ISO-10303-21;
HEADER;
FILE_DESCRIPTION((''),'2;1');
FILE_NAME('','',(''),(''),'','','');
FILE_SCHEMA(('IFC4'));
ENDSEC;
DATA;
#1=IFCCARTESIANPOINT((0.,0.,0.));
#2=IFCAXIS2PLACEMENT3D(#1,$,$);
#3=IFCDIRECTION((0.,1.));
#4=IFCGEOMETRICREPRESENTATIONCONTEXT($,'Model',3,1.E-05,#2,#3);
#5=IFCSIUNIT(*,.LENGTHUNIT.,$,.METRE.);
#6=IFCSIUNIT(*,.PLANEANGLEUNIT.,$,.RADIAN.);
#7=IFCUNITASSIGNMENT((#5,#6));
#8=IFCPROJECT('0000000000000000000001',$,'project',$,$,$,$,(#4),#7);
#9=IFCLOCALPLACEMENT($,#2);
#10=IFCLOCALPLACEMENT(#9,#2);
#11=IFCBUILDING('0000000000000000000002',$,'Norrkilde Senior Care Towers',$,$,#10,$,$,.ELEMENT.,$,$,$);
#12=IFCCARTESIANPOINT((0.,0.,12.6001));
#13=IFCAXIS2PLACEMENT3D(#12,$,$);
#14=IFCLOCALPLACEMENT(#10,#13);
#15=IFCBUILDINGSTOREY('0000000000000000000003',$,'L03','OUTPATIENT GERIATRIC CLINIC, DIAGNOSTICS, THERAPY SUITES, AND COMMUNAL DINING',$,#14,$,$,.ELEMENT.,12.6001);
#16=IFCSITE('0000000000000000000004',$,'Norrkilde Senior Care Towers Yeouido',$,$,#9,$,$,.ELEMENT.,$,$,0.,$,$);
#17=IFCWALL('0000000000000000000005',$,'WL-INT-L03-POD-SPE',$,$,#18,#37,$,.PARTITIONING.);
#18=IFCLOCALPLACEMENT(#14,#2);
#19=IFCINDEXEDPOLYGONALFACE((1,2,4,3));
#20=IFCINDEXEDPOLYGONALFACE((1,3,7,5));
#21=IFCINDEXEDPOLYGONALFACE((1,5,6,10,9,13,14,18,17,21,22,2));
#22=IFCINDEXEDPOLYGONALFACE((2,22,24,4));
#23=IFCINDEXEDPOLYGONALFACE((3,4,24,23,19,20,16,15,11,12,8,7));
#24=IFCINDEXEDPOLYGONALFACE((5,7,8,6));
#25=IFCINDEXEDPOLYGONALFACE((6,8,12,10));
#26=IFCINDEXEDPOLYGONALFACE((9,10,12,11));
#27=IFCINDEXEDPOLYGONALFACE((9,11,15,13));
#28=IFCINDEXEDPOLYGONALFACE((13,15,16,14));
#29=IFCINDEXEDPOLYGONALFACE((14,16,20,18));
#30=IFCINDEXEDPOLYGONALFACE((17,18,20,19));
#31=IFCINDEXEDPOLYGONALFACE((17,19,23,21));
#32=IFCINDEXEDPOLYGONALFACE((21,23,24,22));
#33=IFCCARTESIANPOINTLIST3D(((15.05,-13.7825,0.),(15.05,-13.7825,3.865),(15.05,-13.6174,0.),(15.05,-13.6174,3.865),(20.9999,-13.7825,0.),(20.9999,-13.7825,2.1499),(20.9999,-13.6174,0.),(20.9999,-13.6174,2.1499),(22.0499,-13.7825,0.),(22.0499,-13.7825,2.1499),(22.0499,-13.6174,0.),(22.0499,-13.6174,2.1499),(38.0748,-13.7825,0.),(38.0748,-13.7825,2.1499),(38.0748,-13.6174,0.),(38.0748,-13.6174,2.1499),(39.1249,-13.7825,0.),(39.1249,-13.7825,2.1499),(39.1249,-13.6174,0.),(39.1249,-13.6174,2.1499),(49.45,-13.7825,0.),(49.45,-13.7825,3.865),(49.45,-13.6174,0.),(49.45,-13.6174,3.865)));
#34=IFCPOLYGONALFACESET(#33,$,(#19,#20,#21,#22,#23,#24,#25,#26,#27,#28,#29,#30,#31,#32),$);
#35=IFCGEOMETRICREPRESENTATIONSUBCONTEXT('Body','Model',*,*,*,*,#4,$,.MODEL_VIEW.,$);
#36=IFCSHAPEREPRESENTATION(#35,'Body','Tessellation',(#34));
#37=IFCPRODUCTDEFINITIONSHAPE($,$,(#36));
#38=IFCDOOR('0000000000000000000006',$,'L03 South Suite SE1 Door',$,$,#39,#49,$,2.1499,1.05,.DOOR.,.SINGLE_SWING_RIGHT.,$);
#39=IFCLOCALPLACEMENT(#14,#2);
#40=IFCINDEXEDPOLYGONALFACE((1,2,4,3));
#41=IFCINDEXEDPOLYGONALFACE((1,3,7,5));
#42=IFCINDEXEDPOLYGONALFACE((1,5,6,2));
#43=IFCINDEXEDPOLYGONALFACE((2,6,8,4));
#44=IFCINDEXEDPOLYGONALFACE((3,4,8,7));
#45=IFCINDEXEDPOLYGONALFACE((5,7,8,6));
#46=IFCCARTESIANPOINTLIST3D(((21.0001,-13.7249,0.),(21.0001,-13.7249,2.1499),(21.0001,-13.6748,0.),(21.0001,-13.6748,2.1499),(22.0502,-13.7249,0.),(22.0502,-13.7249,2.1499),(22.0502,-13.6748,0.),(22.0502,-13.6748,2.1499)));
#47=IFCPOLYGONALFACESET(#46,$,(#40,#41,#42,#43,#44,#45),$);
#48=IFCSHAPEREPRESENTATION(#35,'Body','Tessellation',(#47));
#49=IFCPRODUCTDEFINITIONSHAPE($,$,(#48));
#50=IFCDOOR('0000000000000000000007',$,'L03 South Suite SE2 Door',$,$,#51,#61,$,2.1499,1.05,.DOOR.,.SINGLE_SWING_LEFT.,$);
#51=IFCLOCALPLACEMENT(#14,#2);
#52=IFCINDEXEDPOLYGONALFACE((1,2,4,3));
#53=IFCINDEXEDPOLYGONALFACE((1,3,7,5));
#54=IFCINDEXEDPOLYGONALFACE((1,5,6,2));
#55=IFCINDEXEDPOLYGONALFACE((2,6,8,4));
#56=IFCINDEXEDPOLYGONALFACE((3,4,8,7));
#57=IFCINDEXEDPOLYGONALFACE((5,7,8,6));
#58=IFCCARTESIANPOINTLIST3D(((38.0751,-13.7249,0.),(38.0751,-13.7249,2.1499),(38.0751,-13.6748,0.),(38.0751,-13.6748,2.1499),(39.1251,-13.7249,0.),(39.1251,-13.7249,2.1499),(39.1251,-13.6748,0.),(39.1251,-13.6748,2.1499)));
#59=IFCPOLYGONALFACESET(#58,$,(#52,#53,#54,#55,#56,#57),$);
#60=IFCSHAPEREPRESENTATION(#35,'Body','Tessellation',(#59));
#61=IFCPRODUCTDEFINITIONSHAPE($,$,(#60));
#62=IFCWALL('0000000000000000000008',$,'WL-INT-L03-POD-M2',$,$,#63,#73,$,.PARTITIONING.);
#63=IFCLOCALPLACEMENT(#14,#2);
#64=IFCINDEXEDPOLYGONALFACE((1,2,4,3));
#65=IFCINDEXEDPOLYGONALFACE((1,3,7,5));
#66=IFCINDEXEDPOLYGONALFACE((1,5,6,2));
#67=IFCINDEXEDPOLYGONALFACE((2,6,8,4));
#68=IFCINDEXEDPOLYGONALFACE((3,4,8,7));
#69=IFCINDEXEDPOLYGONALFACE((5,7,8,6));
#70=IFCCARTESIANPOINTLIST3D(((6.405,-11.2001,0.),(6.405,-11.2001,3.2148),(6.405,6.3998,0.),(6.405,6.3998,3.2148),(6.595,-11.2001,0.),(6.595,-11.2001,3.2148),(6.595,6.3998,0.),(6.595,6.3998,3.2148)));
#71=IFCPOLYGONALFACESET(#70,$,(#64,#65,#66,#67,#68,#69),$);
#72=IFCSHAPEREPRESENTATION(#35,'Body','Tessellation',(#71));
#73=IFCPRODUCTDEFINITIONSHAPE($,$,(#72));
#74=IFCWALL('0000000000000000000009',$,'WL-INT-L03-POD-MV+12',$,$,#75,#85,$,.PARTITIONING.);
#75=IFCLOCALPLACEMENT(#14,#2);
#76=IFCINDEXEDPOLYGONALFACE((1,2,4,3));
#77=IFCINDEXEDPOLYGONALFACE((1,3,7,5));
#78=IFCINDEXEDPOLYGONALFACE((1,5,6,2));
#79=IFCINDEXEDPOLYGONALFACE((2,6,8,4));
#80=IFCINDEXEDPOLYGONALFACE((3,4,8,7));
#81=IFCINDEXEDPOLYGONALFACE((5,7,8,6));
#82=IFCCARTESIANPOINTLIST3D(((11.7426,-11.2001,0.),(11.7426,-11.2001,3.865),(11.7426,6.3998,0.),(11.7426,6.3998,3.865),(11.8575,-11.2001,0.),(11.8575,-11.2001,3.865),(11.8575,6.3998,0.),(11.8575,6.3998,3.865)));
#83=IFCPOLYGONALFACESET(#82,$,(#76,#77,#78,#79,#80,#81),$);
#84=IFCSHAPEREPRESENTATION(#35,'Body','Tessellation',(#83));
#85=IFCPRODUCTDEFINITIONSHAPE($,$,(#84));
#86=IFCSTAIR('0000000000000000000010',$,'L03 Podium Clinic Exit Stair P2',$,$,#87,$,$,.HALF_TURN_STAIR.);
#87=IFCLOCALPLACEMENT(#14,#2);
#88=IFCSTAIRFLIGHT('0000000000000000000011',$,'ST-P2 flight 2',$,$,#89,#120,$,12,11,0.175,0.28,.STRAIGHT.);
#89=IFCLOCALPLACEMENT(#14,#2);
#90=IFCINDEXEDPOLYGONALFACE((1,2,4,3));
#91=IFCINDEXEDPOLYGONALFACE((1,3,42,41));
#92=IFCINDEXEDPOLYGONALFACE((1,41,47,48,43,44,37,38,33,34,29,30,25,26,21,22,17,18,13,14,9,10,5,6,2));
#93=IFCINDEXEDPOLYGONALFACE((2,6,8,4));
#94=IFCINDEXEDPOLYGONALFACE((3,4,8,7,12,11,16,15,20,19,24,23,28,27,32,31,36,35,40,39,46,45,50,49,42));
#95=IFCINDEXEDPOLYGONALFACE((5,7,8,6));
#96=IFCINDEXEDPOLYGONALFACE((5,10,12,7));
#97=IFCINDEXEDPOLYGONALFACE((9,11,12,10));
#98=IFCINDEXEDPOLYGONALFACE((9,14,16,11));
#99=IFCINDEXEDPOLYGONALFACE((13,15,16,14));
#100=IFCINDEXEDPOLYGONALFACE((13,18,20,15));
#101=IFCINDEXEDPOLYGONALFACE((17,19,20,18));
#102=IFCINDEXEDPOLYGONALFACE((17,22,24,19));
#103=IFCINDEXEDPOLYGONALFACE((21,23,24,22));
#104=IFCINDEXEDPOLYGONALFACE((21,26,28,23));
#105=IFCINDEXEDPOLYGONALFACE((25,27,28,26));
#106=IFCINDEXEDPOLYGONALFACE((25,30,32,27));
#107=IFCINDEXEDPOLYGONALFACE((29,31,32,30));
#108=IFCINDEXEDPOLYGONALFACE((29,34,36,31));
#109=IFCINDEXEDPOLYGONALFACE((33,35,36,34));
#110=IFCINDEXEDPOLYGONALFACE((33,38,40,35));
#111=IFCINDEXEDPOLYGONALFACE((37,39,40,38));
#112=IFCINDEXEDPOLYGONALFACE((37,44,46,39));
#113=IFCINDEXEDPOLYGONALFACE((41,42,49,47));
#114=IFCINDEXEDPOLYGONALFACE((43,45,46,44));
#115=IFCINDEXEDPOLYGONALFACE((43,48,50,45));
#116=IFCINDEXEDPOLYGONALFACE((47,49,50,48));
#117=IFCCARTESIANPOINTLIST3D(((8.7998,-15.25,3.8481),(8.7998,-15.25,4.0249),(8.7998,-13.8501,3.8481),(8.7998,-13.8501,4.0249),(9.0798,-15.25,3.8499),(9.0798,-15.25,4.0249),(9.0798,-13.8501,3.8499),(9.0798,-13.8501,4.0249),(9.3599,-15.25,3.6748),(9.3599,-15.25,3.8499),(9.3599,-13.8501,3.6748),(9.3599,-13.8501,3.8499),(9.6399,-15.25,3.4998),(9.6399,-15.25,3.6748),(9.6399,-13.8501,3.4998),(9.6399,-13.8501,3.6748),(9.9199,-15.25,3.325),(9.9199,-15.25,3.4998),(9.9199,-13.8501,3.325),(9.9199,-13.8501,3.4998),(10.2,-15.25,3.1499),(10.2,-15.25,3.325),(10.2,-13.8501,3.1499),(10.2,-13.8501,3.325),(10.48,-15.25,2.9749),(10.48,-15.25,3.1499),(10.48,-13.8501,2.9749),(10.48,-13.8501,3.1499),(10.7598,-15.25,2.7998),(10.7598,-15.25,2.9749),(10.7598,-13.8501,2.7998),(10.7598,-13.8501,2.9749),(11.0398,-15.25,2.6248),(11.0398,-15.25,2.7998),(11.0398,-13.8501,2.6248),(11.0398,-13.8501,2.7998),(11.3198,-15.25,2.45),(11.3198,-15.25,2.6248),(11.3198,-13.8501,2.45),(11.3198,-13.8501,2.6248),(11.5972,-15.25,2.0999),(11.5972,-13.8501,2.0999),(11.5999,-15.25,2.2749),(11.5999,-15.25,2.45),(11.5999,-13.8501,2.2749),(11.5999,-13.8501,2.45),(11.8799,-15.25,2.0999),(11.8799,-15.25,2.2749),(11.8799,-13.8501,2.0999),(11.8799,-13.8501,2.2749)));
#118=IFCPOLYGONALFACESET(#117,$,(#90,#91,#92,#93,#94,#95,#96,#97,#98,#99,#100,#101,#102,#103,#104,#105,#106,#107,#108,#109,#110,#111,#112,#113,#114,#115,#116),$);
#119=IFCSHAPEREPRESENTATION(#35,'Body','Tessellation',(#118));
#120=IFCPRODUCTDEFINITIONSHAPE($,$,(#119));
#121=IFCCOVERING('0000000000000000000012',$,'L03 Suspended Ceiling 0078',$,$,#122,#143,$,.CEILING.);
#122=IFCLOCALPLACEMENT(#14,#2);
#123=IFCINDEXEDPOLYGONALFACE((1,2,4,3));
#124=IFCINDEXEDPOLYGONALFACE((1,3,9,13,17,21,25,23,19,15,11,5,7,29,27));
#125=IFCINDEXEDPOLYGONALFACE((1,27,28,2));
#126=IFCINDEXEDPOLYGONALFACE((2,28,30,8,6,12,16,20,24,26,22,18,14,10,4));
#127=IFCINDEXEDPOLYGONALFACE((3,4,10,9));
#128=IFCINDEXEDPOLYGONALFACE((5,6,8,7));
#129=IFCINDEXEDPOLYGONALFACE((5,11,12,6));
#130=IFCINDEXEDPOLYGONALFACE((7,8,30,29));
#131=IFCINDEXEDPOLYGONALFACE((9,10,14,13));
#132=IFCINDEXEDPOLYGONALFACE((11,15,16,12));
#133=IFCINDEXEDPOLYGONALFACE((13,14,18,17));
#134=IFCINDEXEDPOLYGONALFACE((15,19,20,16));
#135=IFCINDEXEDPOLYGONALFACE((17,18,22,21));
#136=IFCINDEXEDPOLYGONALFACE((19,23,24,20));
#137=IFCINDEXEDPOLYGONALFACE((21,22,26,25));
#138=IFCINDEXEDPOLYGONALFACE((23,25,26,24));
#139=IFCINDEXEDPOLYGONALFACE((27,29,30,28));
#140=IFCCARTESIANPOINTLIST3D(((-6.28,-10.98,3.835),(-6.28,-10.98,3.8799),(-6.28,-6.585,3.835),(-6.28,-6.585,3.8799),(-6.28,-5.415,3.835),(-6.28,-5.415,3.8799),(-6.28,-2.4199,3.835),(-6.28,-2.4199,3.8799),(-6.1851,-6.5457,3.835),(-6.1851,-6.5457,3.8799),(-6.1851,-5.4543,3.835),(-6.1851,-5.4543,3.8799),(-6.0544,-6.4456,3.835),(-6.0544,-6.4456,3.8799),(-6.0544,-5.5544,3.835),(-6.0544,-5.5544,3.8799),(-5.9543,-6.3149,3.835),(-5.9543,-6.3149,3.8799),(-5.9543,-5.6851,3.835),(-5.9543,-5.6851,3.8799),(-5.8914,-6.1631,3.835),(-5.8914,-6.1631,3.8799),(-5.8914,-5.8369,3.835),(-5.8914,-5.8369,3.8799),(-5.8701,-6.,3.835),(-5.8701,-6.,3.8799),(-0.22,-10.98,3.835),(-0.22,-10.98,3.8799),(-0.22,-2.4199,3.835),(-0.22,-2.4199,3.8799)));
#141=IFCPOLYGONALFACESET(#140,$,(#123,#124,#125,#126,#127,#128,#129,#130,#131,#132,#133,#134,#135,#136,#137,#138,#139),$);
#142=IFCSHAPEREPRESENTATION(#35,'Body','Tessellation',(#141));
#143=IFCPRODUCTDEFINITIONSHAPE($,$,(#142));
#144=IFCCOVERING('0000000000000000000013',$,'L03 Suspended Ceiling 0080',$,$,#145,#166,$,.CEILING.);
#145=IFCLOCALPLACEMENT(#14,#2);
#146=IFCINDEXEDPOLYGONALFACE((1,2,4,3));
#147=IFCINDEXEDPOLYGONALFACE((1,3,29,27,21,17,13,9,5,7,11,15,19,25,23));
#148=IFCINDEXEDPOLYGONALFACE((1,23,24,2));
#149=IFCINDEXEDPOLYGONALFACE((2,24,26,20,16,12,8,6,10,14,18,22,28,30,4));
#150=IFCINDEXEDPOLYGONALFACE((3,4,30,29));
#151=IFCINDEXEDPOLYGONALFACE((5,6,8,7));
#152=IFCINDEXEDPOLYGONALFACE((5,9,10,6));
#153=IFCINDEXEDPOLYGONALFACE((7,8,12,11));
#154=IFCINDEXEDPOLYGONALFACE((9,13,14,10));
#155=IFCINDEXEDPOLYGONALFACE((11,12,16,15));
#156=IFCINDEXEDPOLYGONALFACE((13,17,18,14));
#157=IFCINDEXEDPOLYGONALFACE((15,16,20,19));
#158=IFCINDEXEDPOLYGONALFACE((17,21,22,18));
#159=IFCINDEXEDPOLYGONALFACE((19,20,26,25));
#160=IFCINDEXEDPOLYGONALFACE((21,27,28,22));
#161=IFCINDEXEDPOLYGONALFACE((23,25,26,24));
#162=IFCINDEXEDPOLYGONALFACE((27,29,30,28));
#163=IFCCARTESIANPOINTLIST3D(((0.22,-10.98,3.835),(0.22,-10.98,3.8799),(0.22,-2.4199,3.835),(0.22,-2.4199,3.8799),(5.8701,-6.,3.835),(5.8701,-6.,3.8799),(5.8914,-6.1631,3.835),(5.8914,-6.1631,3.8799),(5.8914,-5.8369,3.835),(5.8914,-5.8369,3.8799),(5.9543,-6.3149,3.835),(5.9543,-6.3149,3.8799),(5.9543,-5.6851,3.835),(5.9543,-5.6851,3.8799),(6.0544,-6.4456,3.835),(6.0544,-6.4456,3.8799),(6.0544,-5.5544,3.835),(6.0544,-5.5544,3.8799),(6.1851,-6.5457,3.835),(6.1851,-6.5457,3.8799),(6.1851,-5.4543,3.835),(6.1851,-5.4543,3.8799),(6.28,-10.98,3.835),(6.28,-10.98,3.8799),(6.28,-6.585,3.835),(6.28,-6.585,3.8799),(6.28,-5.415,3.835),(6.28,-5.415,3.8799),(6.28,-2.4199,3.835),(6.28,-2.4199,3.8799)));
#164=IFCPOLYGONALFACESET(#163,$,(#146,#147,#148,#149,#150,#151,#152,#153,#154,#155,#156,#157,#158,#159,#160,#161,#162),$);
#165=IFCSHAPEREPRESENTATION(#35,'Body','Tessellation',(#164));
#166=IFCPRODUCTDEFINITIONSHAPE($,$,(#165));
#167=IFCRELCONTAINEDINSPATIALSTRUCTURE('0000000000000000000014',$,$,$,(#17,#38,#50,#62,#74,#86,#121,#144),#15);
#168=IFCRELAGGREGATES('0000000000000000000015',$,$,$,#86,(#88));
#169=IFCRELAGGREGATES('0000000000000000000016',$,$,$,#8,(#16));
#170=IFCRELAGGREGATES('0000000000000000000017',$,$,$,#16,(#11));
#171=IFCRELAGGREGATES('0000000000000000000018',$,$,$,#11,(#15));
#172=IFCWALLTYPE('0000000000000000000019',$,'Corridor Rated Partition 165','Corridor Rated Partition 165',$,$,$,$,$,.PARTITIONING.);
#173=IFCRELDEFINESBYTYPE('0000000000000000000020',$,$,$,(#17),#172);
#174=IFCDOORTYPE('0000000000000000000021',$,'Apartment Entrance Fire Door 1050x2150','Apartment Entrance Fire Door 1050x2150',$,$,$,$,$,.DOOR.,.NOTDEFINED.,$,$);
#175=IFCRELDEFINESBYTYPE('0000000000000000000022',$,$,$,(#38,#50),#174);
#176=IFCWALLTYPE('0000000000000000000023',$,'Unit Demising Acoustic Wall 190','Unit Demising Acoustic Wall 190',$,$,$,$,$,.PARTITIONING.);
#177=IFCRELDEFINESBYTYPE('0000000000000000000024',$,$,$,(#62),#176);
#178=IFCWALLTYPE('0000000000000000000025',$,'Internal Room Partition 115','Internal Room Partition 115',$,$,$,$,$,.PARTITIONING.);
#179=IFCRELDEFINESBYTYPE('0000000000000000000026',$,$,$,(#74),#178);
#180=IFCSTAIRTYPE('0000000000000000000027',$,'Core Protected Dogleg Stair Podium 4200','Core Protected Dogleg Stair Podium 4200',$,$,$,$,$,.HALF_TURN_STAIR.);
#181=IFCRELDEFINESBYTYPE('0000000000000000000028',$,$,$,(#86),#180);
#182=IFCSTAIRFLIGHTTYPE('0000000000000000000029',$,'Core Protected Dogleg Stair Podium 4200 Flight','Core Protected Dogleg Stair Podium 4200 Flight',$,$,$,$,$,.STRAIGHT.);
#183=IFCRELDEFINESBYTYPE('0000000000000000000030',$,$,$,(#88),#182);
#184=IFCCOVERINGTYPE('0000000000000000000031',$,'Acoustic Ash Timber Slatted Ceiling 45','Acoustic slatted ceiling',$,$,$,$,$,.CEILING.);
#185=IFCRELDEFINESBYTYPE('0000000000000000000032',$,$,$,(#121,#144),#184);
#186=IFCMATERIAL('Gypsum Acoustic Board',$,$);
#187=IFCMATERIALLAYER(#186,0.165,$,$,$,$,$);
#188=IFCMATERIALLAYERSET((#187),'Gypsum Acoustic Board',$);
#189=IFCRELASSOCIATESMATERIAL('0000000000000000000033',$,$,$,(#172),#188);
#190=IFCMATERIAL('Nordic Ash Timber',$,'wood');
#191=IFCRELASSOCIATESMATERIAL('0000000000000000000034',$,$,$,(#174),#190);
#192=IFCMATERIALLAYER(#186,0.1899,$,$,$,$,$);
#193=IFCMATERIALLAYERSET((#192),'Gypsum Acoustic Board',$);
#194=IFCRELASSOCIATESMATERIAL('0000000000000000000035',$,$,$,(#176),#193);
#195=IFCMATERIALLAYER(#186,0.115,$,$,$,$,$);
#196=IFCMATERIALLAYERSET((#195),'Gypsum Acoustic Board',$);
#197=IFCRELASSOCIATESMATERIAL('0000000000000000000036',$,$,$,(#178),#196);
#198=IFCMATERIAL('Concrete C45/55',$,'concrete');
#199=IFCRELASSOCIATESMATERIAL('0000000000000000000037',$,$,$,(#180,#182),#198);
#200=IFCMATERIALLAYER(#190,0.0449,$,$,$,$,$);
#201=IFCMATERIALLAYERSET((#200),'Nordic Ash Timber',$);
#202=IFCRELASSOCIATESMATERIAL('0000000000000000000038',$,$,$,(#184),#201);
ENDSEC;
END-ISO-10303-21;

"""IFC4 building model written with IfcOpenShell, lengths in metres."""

from ifc_helpers import new_model, si_unit, direction, frame, frame_2d, origin, place, context, subcontext, project, spatial, polyline, rectangle, outline, extrude, source, transform, mapped, material, layer, layer_set, type_object, type_shapes, element, fill, aggregate, save


model = new_model("IFC4")

# Units and contexts
model_context = context("Model", 3, precision=1e-05, world=origin(), true_north=direction((0.0, 1.0)))
body_context = subcontext(model_context, "Body", "Model", "MODEL_VIEW")
ifc_project = project(units=[si_unit("LENGTHUNIT", "METRE"), si_unit("PLANEANGLEUNIT", "RADIAN")], contexts=[model_context])

# Site, building, storey
site_placement = place(None, origin())
site = spatial("IfcSite", under=ifc_project, at=site_placement, Name="Norrkilde Senior Care Towers Yeouido", CompositionType="ELEMENT", RefElevation=0.0)
building_placement = place(site_placement, origin())
building = spatial("IfcBuilding", under=site, at=building_placement, Name="Norrkilde Senior Care Towers", CompositionType="ELEMENT")
storey_placement = place(building_placement, frame((0.0, 0.0, 12.6001)))
storey = spatial("IfcBuildingStorey", under=building, at=storey_placement, Name="L03", Description="OUTPATIENT GERIATRIC CLINIC, DIAGNOSTICS, THERAPY SUITES, AND COMMUNAL DINING", CompositionType="ELEMENT", Elevation=12.6001)

# Shared definitions
ifc_material_1 = material(Name="Concrete C45/55", Category="concrete")

# Wall, openings, doors
ifc_material_2 = material(Name="Gypsum Acoustic Board")
ifc_layer_1 = layer(ifc_material_2, 0.165)
ifc_layer_set_1 = layer_set([ifc_layer_1], Name="Gypsum Acoustic Board")
wall_type_1 = type_object("IfcWallType", Name="Corridor Rated Partition 165", Description="Corridor Rated Partition 165", PredefinedType="PARTITIONING", material=ifc_layer_set_1)
shared_shape_1 = source(origin(), body_context, "Body", "SweptSolid", [
    extrude(rectangle(XDim=34.3999, YDim=0.165, at=frame_2d((17.2, 0.0))), origin(), (0.0, 0.0, 1.0), 3.865),
])
type_shapes(wall_type_1, [shared_shape_1])
wall_1_placement = place(storey_placement, frame((15.05, -13.7, 0.0), z_axis=(0.0, 0.0, 1.0), x_axis=(1.0, 0.0, 0.0)))
wall_1 = element("IfcWall", 1, at=wall_1_placement, inside=storey, type_object=wall_type_1, Name="WL-INT-L03-POD-SPE", PredefinedType="PARTITIONING", context=body_context, shape_type="MappedRepresentation", body=[
    mapped(shared_shape_1, transform((0.0, 0.0, 0.0), x_axis=(1.0, 0.0, 0.0), y_axis=(0.0, 1.0, 0.0), z_axis=(0.0, 0.0, 1.0), scale=1.0)),
])
opening_1_placement = place(wall_1_placement, frame((5.95, 0.0, 0.0)))
opening_1 = element("IfcOpeningElement", 2, at=opening_1_placement, cuts=wall_1, PredefinedType="OPENING", context=body_context, shape_type="SweptSolid", body=[
    extrude(rectangle(XDim=1.05, YDim=2.1499, at=frame_2d((0.5249, 1.075))), frame((0.0, 0.0925, 0.0), z_axis=(0.0, -1.0, 0.0), x_axis=(1.0, 0.0, 0.0)), (0.0, 0.0, 1.0), 0.1851),
])
opening_2_placement = place(wall_1_placement, frame((23.0249, 0.0, 0.0)))
opening_2 = element("IfcOpeningElement", 3, at=opening_2_placement, cuts=wall_1, PredefinedType="OPENING", context=body_context, shape_type="SweptSolid", body=[
    extrude(rectangle(XDim=1.05, YDim=2.1499, at=frame_2d((0.5249, 1.075))), frame((0.0, 0.0925, 0.0), z_axis=(0.0, -1.0, 0.0), x_axis=(1.0, 0.0, 0.0)), (0.0, 0.0, 1.0), 0.1851),
])
ifc_material_3 = material(Name="Nordic Ash Timber", Category="wood")
door_type_1 = type_object("IfcDoorType", Name="Apartment Entrance Fire Door 1050x2150", Description="Apartment Entrance Fire Door 1050x2150", OperationType="NOTDEFINED", PredefinedType="DOOR", material=ifc_material_3)
shared_shape_2 = source(origin(), body_context, "Body", "SweptSolid", [
    extrude(rectangle(XDim=1.05, YDim=2.1499, at=frame_2d((0.5249, 1.075))), frame((0.0, 0.0249, 0.0), z_axis=(0.0, -1.0, 0.0), x_axis=(1.0, 0.0, 0.0)), (0.0, 0.0, 1.0), 0.05),
])
type_shapes(door_type_1, [shared_shape_2])
door_1_placement = place(opening_1_placement, frame((1.05, 0.0, 0.0), z_axis=(0.0, 0.0, 1.0), x_axis=(-1.0, 0.0, 0.0)))
door_1 = element("IfcDoor", 4, at=door_1_placement, inside=storey, type_object=door_type_1, Name="L03 South Suite SE1 Door", OperationType="SINGLE_SWING_RIGHT", OverallHeight=2.1499, OverallWidth=1.05, PredefinedType="DOOR", context=body_context, shape_type="MappedRepresentation", body=[
    mapped(shared_shape_2, transform((0.0, 0.0, 0.0), x_axis=(1.0, 0.0, 0.0), y_axis=(0.0, 1.0, 0.0), z_axis=(0.0, 0.0, 1.0), scale=1.0)),
])
fill(opening_1, door_1)
door_2_placement = place(opening_2_placement, frame((1.05, 0.0, 0.0), z_axis=(0.0, 0.0, 1.0), x_axis=(-1.0, 0.0, 0.0)))
door_2 = element("IfcDoor", 5, at=door_2_placement, inside=storey, type_object=door_type_1, Name="L03 South Suite SE2 Door", OperationType="SINGLE_SWING_LEFT", OverallHeight=2.1499, OverallWidth=1.05, PredefinedType="DOOR", context=body_context, shape_type="MappedRepresentation", body=[
    mapped(shared_shape_2, transform((0.0, 0.0, 0.0), x_axis=(1.0, 0.0, 0.0), y_axis=(0.0, 1.0, 0.0), z_axis=(0.0, 0.0, 1.0), scale=1.0)),
])
fill(opening_2, door_2)

# Walls
ifc_layer_2 = layer(ifc_material_2, 0.1899)
ifc_layer_set_2 = layer_set([ifc_layer_2], Name="Gypsum Acoustic Board")
wall_type_2 = type_object("IfcWallType", Name="Unit Demising Acoustic Wall 190", Description="Unit Demising Acoustic Wall 190", PredefinedType="PARTITIONING", material=ifc_layer_set_2)
shared_shape_3 = source(origin(), body_context, "Body", "SweptSolid", [
    extrude(rectangle(XDim=17.5999, YDim=0.1899, at=frame_2d((8.7998, 0.0))), origin(), (0.0, 0.0, 1.0), 3.2148),
])
type_shapes(wall_type_2, [shared_shape_3])
wall_2_placement = place(storey_placement, frame((6.5, -11.2, 0.0), z_axis=(0.0, 0.0, 1.0), x_axis=(0.0, 1.0, 0.0)))
element("IfcWall", 6, at=wall_2_placement, inside=storey, type_object=wall_type_2, Name="WL-INT-L03-POD-M2", PredefinedType="PARTITIONING", context=body_context, shape_type="MappedRepresentation", body=[
    mapped(shared_shape_3, transform((0.0, 0.0, 0.0), x_axis=(1.0, 0.0, 0.0), y_axis=(0.0, 1.0, 0.0), z_axis=(0.0, 0.0, 1.0), scale=1.0)),
])
ifc_layer_3 = layer(ifc_material_2, 0.115)
ifc_layer_set_3 = layer_set([ifc_layer_3], Name="Gypsum Acoustic Board")
wall_type_3 = type_object("IfcWallType", Name="Internal Room Partition 115", Description="Internal Room Partition 115", PredefinedType="PARTITIONING", material=ifc_layer_set_3)
shared_shape_4 = source(origin(), body_context, "Body", "SweptSolid", [
    extrude(rectangle(XDim=17.5999, YDim=0.115, at=frame_2d((8.7998, 0.0))), origin(), (0.0, 0.0, 1.0), 3.865),
])
type_shapes(wall_type_3, [shared_shape_4])
wall_3_placement = place(storey_placement, frame((11.8, -11.2, 0.0), z_axis=(0.0, 0.0, 1.0), x_axis=(0.0, 1.0, 0.0)))
element("IfcWall", 7, at=wall_3_placement, inside=storey, type_object=wall_type_3, Name="WL-INT-L03-POD-MV+12", PredefinedType="PARTITIONING", context=body_context, shape_type="MappedRepresentation", body=[
    mapped(shared_shape_4, transform((0.0, 0.0, 0.0), x_axis=(1.0, 0.0, 0.0), y_axis=(0.0, 1.0, 0.0), z_axis=(0.0, 0.0, 1.0), scale=1.0)),
])

# Stair, stair flight
stair_type = type_object("IfcStairType", Name="Core Protected Dogleg Stair Podium 4200", Description="Core Protected Dogleg Stair Podium 4200", PredefinedType="HALF_TURN_STAIR", material=ifc_material_1)
stair_placement = place(storey_placement, origin())
stair = element("IfcStair", 8, at=stair_placement, inside=storey, type_object=stair_type, Name="L03 Podium Clinic Exit Stair P2", PredefinedType="HALF_TURN_STAIR")
stair_flight_type = type_object("IfcStairFlightType", Name="Core Protected Dogleg Stair Podium 4200 Flight", Description="Core Protected Dogleg Stair Podium 4200 Flight", PredefinedType="STRAIGHT", material=ifc_material_1)
stair_flight_placement = place(storey_placement, frame((11.8799, -14.55, 2.0999), z_axis=(0.0, 0.0, 1.0), x_axis=(-1.0, 0.0, 0.0)))
stair_flight = element("IfcStairFlight", 9, at=stair_flight_placement, type_object=stair_flight_type, Name="ST-P2 flight 2", NumberOfRisers=12, NumberOfTreads=11, PredefinedType="STRAIGHT", RiserHeight=0.175, TreadLength=0.28, context=body_context, shape_type="SweptSolid", body=[
    extrude(outline(polyline([(0.0, 0.0), (0.0, 0.175), (0.28, 0.175), (0.28, 0.3501), (0.5601, 0.3501), (0.5601, 0.5249), (0.8401, 0.5249), (0.8401, 0.7), (1.1201, 0.7), (1.1201, 0.875), (1.3999, 0.875), (1.3999, 1.05), (1.6799, 1.05), (1.6799, 1.2251), (1.96, 1.2251), (1.96, 1.3999), (2.24, 1.3999), (2.24, 1.575), (2.52, 1.575), (2.52, 1.75), (2.8, 1.75), (2.8, 1.925), (3.0801, 1.925), (3.0801, 2.1001), (3.0801, 1.7483), (0.2827, 0.0), (0.0, 0.0)])), frame((0.0, 0.7, 0.0), z_axis=(0.0, -1.0, 0.0), x_axis=(1.0, 0.0, 0.0)), (0.0, 0.0, 1.0), 1.3999),
])
aggregate(stair, [stair_flight])

# Coverings
ifc_layer_4 = layer(ifc_material_3, 0.0449)
ifc_layer_set_4 = layer_set([ifc_layer_4], Name="Nordic Ash Timber")
covering_type_1 = type_object("IfcCoveringType", Name="Acoustic Ash Timber Slatted Ceiling 45", Description="Acoustic slatted ceiling", PredefinedType="CEILING", material=ifc_layer_set_4)
covering_1_placement = place(storey_placement, frame((0.0, 0.0, 3.835)))
element("IfcCovering", 10, at=covering_1_placement, inside=storey, type_object=covering_type_1, Name="L03 Suspended Ceiling 0078", PredefinedType="CEILING", context=body_context, shape_type="SweptSolid", body=[
    extrude(outline(polyline([(-0.22, -10.98), (-6.28, -10.98), (-6.28, -6.585), (-6.1851, -6.5457), (-6.0544, -6.4456), (-5.9543, -6.3149), (-5.8914, -6.1631), (-5.8701, -6.0), (-5.8914, -5.8369), (-5.9543, -5.6851), (-6.0544, -5.5544), (-6.1851, -5.4543), (-6.28, -5.415), (-6.28, -2.4199), (-0.22, -2.4199), (-0.22, -10.98)])), origin(), (0.0, 0.0, 1.0), 0.0449),
])
covering_2_placement = place(storey_placement, frame((0.0, 0.0, 3.835)))
element("IfcCovering", 11, at=covering_2_placement, inside=storey, type_object=covering_type_1, Name="L03 Suspended Ceiling 0080", PredefinedType="CEILING", context=body_context, shape_type="SweptSolid", body=[
    extrude(outline(polyline([(6.28, -5.415), (6.1851, -5.4543), (6.0544, -5.5544), (5.9543, -5.6851), (5.8914, -5.8369), (5.8701, -6.0), (5.8914, -6.1631), (5.9543, -6.3149), (6.0544, -6.4456), (6.1851, -6.5457), (6.28, -6.585), (6.28, -10.98), (0.22, -10.98), (0.22, -2.4199), (6.28, -2.4199), (6.28, -5.415)])), origin(), (0.0, 0.0, 1.0), 0.0449),
])

save(model, "model.ifc")
